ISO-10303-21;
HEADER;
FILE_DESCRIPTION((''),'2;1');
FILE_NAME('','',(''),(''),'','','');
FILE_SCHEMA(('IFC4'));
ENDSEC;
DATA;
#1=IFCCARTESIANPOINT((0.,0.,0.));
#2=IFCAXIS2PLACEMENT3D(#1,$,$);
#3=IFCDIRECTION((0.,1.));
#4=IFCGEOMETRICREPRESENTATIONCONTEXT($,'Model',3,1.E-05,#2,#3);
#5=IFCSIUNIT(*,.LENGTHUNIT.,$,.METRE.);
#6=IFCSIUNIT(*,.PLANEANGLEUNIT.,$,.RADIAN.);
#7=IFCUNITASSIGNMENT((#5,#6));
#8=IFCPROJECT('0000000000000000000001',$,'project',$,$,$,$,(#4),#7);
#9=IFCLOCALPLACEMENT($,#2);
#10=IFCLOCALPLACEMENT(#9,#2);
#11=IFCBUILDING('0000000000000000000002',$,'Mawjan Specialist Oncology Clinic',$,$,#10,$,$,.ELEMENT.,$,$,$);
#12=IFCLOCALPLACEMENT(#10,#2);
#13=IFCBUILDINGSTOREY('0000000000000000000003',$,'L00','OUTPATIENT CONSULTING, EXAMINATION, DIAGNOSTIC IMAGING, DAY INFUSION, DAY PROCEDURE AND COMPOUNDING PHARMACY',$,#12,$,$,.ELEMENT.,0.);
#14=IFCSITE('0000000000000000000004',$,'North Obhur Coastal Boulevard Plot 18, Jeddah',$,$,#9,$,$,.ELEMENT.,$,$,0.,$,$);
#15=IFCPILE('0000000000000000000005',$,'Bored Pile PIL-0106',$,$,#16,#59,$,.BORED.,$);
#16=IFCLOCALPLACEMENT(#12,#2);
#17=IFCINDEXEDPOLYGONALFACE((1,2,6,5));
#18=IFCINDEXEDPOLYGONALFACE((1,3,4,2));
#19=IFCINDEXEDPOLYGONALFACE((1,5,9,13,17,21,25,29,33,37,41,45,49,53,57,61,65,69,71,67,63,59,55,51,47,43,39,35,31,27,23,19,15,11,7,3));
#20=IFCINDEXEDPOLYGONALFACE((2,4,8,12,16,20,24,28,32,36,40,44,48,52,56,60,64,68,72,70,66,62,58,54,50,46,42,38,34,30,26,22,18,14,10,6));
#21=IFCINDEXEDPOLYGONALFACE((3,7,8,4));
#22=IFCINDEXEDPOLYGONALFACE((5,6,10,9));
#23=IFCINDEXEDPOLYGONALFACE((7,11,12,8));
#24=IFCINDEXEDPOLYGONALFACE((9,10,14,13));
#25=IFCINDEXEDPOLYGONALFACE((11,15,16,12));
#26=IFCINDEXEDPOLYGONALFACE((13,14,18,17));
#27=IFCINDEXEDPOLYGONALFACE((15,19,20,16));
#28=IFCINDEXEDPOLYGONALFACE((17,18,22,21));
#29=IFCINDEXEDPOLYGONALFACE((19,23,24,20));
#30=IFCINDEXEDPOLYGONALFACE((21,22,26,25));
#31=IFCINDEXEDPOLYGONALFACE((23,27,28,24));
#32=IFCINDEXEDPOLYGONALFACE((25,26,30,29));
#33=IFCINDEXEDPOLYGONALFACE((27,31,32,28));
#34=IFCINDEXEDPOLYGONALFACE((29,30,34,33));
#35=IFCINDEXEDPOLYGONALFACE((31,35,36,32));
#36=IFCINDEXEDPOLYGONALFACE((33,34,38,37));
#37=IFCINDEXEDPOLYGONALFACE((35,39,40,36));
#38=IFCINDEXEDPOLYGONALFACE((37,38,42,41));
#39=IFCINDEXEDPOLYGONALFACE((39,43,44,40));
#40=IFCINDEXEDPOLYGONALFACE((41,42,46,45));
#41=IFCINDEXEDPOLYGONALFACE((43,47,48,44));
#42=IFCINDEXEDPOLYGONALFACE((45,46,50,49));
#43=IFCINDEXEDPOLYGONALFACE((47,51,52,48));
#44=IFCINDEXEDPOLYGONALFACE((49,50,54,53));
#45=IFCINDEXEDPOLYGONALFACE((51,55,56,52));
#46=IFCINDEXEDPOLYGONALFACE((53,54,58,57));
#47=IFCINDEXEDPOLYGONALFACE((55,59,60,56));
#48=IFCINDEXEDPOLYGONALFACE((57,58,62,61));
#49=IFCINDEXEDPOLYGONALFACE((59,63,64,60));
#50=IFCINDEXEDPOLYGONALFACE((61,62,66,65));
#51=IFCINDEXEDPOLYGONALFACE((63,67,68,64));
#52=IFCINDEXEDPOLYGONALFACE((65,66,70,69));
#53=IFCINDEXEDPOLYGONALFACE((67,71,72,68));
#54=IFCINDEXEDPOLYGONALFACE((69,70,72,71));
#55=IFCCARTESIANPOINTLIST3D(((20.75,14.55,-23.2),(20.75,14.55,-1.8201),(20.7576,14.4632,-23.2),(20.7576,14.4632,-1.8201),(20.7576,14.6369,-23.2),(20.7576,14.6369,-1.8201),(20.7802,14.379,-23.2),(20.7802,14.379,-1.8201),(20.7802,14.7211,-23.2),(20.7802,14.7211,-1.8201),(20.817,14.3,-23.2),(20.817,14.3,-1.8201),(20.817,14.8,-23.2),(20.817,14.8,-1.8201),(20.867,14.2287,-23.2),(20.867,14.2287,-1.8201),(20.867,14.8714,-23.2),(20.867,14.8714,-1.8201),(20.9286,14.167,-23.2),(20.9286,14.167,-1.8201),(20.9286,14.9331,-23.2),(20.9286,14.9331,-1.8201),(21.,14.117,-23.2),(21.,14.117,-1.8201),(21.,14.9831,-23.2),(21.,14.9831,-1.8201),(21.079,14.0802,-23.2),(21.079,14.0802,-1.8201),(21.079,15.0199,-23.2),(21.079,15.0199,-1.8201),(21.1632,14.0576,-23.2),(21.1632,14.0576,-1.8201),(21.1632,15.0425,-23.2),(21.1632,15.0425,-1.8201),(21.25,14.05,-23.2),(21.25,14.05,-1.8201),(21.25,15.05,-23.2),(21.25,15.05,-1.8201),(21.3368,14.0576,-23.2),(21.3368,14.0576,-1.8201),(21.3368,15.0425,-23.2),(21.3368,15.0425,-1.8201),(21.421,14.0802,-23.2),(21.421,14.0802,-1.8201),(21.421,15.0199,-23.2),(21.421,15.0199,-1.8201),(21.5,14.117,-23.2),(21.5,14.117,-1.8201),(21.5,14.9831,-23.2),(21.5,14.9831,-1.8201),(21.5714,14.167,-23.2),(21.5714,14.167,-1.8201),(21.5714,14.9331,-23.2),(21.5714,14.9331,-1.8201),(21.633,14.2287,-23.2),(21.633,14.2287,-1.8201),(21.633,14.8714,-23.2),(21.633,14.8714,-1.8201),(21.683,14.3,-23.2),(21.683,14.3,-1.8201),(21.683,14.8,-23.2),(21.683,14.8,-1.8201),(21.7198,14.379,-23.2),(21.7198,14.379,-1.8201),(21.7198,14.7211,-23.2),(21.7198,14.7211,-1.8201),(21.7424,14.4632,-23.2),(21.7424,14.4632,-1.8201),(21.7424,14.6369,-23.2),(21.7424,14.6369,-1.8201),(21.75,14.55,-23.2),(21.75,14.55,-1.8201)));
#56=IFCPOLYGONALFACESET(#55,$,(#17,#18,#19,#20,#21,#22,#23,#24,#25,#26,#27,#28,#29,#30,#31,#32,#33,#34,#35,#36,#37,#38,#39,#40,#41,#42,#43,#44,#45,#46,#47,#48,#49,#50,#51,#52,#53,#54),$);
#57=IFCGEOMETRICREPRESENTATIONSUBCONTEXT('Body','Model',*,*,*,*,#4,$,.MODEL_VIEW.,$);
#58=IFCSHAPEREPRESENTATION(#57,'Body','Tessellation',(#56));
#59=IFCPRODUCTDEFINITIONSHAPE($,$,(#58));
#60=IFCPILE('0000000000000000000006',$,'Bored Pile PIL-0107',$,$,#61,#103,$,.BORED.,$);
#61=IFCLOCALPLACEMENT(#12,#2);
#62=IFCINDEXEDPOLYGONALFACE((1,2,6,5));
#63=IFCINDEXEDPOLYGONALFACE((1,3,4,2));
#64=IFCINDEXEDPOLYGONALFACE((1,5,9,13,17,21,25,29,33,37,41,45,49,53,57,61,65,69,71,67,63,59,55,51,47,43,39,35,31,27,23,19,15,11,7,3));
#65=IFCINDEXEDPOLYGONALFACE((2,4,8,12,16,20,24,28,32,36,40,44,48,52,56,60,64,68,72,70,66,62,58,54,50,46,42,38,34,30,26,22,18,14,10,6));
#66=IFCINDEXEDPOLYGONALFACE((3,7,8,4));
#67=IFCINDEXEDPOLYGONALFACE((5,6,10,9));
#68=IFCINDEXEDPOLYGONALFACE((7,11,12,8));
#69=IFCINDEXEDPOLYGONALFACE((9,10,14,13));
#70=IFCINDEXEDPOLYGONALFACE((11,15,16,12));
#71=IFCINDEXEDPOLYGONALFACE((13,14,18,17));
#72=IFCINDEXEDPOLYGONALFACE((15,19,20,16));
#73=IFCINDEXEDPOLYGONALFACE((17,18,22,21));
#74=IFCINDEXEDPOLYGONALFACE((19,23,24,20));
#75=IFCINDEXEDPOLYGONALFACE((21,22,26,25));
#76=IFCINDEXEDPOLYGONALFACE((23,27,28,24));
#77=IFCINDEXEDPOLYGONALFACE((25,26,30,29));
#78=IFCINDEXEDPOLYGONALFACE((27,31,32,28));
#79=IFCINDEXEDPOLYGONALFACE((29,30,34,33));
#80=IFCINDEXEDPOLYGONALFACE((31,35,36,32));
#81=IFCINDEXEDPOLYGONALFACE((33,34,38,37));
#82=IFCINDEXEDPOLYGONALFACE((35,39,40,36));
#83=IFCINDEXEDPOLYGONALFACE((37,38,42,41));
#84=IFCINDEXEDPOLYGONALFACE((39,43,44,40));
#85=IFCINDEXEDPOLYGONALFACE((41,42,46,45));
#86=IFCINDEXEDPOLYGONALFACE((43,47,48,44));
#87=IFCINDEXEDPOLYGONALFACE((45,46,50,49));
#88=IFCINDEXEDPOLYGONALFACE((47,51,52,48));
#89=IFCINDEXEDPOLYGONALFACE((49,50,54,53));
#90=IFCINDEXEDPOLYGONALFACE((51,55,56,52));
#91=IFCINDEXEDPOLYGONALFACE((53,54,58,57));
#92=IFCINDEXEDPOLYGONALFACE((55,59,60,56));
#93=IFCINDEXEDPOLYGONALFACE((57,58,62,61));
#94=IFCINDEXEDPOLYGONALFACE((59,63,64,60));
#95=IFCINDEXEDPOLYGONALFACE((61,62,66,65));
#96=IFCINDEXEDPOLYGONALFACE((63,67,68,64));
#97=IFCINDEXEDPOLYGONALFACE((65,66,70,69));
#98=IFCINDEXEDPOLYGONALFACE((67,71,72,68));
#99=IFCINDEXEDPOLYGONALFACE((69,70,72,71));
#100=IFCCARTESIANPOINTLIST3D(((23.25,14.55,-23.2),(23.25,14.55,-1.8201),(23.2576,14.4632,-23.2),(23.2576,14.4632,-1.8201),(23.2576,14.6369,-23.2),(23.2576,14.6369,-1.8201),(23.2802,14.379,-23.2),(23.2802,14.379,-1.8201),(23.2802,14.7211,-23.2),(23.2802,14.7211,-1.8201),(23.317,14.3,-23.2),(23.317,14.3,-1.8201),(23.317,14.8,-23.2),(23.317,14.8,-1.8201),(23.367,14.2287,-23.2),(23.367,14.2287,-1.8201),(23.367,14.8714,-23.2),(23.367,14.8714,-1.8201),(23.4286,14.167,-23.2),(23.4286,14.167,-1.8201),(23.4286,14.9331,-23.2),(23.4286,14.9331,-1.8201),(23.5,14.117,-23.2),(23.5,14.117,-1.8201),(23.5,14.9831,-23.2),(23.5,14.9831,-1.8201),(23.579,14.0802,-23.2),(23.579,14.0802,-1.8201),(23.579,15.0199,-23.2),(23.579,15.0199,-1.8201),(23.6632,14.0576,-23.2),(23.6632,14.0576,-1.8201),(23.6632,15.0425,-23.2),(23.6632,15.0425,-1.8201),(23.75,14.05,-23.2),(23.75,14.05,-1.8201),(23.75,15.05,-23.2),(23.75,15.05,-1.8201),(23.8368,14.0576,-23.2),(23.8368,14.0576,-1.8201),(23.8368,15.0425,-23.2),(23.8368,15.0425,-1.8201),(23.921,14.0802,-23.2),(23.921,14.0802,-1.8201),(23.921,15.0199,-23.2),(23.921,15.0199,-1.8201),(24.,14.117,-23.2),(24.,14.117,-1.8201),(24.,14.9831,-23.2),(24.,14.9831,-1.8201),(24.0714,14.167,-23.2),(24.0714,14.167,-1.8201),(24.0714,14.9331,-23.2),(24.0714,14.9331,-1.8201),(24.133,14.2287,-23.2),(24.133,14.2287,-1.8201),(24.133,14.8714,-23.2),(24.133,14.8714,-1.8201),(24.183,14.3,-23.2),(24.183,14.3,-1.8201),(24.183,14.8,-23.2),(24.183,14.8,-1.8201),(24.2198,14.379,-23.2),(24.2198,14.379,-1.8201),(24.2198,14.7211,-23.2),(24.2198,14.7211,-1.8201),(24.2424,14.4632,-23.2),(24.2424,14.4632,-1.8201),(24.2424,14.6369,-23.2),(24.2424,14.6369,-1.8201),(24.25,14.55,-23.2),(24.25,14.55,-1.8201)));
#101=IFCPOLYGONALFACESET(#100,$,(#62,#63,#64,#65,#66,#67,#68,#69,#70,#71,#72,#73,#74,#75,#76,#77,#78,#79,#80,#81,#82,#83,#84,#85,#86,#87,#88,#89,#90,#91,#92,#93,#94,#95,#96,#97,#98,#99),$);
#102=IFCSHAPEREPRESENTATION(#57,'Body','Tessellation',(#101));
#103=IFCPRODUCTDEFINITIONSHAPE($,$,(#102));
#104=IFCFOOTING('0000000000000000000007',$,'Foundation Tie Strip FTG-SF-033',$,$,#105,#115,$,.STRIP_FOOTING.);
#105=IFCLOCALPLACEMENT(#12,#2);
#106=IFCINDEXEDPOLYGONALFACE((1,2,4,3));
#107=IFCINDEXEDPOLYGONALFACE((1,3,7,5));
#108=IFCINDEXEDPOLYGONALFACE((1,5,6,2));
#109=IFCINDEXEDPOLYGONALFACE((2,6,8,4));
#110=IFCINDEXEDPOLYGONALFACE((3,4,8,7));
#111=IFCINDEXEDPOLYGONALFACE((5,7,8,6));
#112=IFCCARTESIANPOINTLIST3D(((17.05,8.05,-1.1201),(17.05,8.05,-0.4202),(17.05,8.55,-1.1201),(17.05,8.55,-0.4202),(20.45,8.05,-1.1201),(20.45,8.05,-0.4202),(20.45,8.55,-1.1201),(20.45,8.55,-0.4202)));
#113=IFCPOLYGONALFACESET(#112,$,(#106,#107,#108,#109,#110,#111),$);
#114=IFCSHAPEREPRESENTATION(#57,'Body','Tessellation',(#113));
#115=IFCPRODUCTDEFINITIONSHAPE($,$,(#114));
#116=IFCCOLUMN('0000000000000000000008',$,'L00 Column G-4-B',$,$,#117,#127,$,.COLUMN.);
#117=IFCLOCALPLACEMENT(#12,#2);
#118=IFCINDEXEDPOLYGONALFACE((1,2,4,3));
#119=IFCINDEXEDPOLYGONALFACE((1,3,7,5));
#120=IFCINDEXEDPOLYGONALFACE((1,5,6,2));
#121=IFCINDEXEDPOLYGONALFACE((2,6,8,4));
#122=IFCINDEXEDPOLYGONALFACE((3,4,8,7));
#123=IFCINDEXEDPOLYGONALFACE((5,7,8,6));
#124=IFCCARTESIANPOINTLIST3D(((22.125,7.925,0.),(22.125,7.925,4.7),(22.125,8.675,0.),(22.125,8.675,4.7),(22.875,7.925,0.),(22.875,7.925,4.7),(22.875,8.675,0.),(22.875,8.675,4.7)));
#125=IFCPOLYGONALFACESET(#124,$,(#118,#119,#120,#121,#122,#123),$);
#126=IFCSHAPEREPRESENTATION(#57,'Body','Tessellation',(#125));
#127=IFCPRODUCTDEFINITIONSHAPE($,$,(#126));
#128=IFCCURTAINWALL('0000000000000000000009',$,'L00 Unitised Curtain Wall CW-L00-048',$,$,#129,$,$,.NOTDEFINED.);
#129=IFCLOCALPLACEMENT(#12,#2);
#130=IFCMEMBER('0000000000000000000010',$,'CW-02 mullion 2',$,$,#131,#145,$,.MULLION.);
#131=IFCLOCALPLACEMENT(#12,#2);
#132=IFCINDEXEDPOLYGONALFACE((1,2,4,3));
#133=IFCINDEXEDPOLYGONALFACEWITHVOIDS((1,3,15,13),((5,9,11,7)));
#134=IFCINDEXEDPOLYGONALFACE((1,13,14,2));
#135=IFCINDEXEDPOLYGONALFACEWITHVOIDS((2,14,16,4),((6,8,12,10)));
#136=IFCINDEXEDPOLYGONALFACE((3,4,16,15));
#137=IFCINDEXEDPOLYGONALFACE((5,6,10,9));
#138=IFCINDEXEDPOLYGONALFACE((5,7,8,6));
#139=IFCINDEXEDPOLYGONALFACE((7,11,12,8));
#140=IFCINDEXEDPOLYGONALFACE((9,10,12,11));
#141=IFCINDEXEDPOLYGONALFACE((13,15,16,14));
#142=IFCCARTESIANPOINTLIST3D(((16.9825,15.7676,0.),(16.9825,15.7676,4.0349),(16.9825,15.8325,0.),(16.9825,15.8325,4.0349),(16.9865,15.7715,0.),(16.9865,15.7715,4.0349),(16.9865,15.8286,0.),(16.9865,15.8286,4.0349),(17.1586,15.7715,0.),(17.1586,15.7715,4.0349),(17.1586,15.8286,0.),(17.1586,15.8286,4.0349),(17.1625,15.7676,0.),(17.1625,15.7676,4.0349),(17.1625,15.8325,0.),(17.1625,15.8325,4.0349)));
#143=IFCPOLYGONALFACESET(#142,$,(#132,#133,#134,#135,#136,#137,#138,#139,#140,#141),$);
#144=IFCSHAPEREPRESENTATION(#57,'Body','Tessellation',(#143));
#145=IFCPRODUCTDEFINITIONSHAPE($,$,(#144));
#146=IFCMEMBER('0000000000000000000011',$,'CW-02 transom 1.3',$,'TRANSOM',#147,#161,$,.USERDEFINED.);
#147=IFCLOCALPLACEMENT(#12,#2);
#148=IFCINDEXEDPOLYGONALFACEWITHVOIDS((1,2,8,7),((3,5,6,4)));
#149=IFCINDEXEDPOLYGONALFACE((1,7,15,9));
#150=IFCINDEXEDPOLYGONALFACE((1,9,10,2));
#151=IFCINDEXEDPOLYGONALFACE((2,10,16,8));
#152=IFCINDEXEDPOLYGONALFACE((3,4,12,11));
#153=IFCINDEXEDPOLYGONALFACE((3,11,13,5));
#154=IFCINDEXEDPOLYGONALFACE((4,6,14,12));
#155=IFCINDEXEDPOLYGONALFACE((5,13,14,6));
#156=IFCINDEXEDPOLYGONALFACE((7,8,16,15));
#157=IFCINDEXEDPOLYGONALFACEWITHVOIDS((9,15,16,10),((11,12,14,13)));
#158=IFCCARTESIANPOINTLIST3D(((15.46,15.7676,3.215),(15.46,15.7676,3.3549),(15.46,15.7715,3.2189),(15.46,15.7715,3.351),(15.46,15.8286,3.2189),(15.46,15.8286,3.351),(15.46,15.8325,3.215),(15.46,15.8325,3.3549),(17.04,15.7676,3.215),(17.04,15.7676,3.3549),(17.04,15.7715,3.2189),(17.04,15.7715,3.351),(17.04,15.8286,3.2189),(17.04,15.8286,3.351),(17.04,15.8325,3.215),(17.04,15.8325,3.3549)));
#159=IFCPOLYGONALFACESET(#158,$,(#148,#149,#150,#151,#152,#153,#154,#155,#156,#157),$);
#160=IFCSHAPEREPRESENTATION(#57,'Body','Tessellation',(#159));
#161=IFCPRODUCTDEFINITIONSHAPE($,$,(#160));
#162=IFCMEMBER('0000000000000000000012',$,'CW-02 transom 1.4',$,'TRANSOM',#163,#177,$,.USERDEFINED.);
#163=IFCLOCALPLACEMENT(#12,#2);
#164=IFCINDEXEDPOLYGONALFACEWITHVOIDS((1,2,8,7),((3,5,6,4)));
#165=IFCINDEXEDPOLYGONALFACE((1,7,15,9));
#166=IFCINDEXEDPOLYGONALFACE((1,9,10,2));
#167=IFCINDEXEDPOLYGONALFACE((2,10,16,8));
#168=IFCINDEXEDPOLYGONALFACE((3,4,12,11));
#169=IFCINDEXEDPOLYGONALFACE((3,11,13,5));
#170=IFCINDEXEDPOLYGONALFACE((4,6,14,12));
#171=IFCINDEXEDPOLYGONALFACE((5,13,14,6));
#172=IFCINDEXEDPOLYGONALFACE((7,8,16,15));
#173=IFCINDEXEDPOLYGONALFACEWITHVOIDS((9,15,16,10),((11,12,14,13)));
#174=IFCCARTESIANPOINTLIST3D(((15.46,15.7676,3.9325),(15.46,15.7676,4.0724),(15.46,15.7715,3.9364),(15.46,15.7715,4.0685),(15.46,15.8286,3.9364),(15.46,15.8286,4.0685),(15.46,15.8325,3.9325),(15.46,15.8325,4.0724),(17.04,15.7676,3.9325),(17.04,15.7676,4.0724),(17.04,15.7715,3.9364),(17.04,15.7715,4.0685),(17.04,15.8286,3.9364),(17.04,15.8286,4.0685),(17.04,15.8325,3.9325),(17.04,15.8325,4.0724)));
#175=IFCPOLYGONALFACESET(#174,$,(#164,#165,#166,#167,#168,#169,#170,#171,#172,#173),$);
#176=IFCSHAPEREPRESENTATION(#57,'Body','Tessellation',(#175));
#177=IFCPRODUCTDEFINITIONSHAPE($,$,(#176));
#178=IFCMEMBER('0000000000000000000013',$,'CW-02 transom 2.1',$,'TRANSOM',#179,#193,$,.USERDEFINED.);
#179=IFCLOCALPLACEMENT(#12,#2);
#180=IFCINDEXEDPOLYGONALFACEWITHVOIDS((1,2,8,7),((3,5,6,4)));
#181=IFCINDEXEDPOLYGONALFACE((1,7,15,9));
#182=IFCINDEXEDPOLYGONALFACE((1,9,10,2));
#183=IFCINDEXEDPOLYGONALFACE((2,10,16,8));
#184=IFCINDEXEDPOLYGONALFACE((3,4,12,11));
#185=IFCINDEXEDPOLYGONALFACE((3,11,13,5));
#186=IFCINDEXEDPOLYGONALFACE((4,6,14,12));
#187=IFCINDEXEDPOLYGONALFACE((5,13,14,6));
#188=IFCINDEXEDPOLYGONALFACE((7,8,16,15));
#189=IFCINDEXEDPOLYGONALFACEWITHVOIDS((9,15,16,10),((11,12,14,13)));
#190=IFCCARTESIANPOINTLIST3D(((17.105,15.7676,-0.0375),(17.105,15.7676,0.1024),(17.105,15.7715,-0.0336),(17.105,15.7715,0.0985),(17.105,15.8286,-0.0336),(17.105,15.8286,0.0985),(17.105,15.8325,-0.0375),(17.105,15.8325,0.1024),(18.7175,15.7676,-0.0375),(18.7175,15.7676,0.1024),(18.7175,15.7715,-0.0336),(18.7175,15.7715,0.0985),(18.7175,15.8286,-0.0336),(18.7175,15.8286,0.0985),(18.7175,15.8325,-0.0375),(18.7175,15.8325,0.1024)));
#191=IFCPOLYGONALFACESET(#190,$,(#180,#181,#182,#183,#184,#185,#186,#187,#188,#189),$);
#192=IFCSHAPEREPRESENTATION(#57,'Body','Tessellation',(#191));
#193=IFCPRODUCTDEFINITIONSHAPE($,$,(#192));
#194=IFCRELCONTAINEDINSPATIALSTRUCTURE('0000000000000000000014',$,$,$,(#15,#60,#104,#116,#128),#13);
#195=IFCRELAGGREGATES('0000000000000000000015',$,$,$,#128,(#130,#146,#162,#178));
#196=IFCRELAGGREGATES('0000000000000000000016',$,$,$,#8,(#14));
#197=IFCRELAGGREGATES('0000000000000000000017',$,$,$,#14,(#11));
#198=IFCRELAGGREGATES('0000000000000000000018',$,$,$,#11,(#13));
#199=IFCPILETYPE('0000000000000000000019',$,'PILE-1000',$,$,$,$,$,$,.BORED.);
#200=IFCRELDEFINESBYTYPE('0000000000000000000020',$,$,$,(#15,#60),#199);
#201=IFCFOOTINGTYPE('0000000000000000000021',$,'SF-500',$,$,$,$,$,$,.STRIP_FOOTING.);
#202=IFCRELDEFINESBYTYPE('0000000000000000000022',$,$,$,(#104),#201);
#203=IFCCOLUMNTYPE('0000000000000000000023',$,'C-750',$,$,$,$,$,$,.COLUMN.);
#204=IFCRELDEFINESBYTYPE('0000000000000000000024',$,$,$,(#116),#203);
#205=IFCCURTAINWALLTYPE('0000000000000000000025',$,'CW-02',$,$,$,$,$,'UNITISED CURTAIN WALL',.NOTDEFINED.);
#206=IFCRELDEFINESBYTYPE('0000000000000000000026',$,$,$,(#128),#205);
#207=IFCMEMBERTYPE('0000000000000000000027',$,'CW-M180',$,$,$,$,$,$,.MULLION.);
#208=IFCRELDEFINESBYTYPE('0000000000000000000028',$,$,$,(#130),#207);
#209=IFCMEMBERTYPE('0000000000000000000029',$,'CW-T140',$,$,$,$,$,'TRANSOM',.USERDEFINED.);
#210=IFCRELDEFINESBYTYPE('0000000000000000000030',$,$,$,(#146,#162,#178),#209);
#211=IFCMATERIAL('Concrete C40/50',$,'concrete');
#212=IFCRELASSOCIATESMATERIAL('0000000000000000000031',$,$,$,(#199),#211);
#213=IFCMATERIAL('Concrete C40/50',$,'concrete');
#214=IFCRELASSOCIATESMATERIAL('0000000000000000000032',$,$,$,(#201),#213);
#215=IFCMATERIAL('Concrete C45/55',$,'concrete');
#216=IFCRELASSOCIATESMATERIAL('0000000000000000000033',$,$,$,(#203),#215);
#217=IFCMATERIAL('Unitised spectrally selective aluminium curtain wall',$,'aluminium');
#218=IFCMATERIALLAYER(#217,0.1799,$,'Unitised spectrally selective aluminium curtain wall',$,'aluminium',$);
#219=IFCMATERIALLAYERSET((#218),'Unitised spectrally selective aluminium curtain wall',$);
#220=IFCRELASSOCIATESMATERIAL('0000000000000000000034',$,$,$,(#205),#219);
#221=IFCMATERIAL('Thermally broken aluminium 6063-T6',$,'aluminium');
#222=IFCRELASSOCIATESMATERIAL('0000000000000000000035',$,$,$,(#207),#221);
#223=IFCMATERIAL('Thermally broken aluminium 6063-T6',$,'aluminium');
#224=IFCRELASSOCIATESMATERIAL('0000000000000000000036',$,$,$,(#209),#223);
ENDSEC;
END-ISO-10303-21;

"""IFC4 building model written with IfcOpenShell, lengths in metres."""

from ifc_helpers import new_model, si_unit, direction, frame, origin, origin_2d, place, context, subcontext, project, spatial, rectangle, hollow_rectangle, circle, extrude, material, layer, layer_set, material_profile, profile_set, type_object, element, aggregate, save


model = new_model("IFC4")

# Units and contexts
model_context = context("Model", 3, precision=1e-05, world=origin(), true_north=direction((0.0, 1.0)))
body_context = subcontext(model_context, "Body", "Model", "MODEL_VIEW")
ifc_project = project(units=[si_unit("LENGTHUNIT", "METRE"), si_unit("PLANEANGLEUNIT", "RADIAN")], contexts=[model_context])

# Site, building, storey
site_placement = place(None, origin())
site = spatial("IfcSite", under=ifc_project, at=site_placement, Name="North Obhur Coastal Boulevard Plot 18, Jeddah", CompositionType="ELEMENT", RefElevation=0.0)
building_placement = place(site_placement, origin())
building = spatial("IfcBuilding", under=site, at=building_placement, Name="Mawjan Specialist Oncology Clinic", CompositionType="ELEMENT")
storey_placement = place(building_placement, origin())
storey = spatial("IfcBuildingStorey", under=building, at=storey_placement, Name="L00", Description="OUTPATIENT CONSULTING, EXAMINATION, DIAGNOSTIC IMAGING, DAY INFUSION, DAY PROCEDURE AND COMPOUNDING PHARMACY", CompositionType="ELEMENT", Elevation=0.0)

# Piles
ifc_material_1 = material(Name="Concrete C40/50", Category="concrete")
ifc_material_profile_1 = material_profile(ifc_material_1, circle(Radius=0.5, at=origin_2d()), Name="BORED PILE D1000", Category="concrete")
ifc_profile_set_1 = profile_set([ifc_material_profile_1], Name="Concrete C40/50")
pile_type = type_object("IfcPileType", Name="PILE-1000", PredefinedType="BORED", material=ifc_profile_set_1)
for number, where, z_axis, x_axis, name in (
    (1, (21.25, 14.55, -1.8201), (0.0, 0.0, -1.0), (1.0, 0.0, 0.0), "Bored Pile PIL-0106"),
    (2, (23.75, 14.55, -1.8201), (0.0, 0.0, -1.0), (1.0, 0.0, 0.0), "Bored Pile PIL-0107"),
):
    element("IfcPile", number, at=place(storey_placement, frame(where, z_axis=z_axis, x_axis=x_axis)), inside=storey, type_object=pile_type, Name=name, PredefinedType="BORED", context=body_context, shape_type="SweptSolid", body=[
        extrude(circle(Radius=0.5, at=origin_2d()), origin(), (0.0, 0.0, 1.0), 21.3799),
    ])

# Footing
ifc_material_2 = material(Name="Concrete C40/50", Category="concrete")
footing_type_1 = type_object("IfcFootingType", Name="SF-500", PredefinedType="STRIP_FOOTING", material=ifc_material_2)
footing_1_placement = place(storey_placement, frame((18.75, 8.3, -1.1201), z_axis=(0.0, 0.0, 1.0), x_axis=(1.0, 0.0, 0.0)))
element("IfcFooting", 3, at=footing_1_placement, inside=storey, type_object=footing_type_1, Name="Foundation Tie Strip FTG-SF-033", PredefinedType="STRIP_FOOTING", context=body_context, shape_type="SweptSolid", body=[
    extrude(rectangle(XDim=3.3999, YDim=0.5, at=origin_2d()), origin(), (0.0, 0.0, 1.0), 0.7),
])

# Column
ifc_material_3 = material(Name="Concrete C45/55", Category="concrete")
ifc_material_profile_2 = material_profile(ifc_material_3, rectangle(XDim=0.75, YDim=0.75, at=origin_2d()), Name="RC COL 750x750", Category="concrete")
ifc_profile_set_2 = profile_set([ifc_material_profile_2], Name="Concrete C45/55")
column_type = type_object("IfcColumnType", Name="C-750", PredefinedType="COLUMN", material=ifc_profile_set_2)
column_placement = place(storey_placement, frame((22.5, 8.3, 0.0), z_axis=(0.0, 0.0, 1.0), x_axis=(1.0, 0.0, 0.0)))
element("IfcColumn", 4, at=column_placement, inside=storey, type_object=column_type, Name="L00 Column G-4-B", PredefinedType="COLUMN", context=body_context, shape_type="SweptSolid", body=[
    extrude(rectangle(XDim=0.75, YDim=0.75, at=origin_2d()), origin(), (0.0, 0.0, 1.0), 4.7),
])

# Curtain wall, members
ifc_material_4 = material(Name="Unitised spectrally selective aluminium curtain wall", Category="aluminium")
ifc_layer_1 = layer(ifc_material_4, 0.1799, Name="Unitised spectrally selective aluminium curtain wall", Category="aluminium")
ifc_layer_set_1 = layer_set([ifc_layer_1], Name="Unitised spectrally selective aluminium curtain wall")
curtain_wall_type = type_object("IfcCurtainWallType", Name="CW-02", ElementType="UNITISED CURTAIN WALL", PredefinedType="NOTDEFINED", material=ifc_layer_set_1)
curtain_wall_placement = place(storey_placement, origin())
curtain_wall = element("IfcCurtainWall", 5, at=curtain_wall_placement, inside=storey, type_object=curtain_wall_type, Name="L00 Unitised Curtain Wall CW-L00-048", PredefinedType="NOTDEFINED")
ifc_material_5 = material(Name="Thermally broken aluminium 6063-T6", Category="aluminium")
ifc_material_profile_3 = material_profile(ifc_material_5, hollow_rectangle(XDim=0.0649, YDim=0.1799, WallThickness=0.0039, at=origin_2d()), Name="ALU MULLION 180x65x4", Category="aluminium")
ifc_profile_set_3 = profile_set([ifc_material_profile_3], Name="Thermally broken aluminium 6063-T6")
member_type_1 = type_object("IfcMemberType", Name="CW-M180", PredefinedType="MULLION", material=ifc_profile_set_3)
member_1_placement = place(storey_placement, frame((17.0725, 15.8, 0.0), z_axis=(0.0, 0.0, 1.0), x_axis=(0.0, 1.0, 0.0)))
member_1 = element("IfcMember", 6, at=member_1_placement, type_object=member_type_1, Name="CW-02 mullion 2", PredefinedType="MULLION", context=body_context, shape_type="SweptSolid", body=[
    extrude(hollow_rectangle(XDim=0.0649, YDim=0.1799, WallThickness=0.0039, at=origin_2d()), origin(), (0.0, 0.0, 1.0), 4.0349),
])
ifc_material_6 = material(Name="Thermally broken aluminium 6063-T6", Category="aluminium")
ifc_material_profile_4 = material_profile(ifc_material_6, hollow_rectangle(XDim=0.0649, YDim=0.1399, WallThickness=0.0039, at=origin_2d()), Name="ALU TRANSOM 140x65x4", Category="aluminium")
ifc_profile_set_4 = profile_set([ifc_material_profile_4], Name="Thermally broken aluminium 6063-T6")
member_type_2 = type_object("IfcMemberType", Name="CW-T140", ElementType="TRANSOM", PredefinedType="USERDEFINED", material=ifc_profile_set_4)
member_2_placement = place(storey_placement, frame((15.46, 15.8, 3.2849), z_axis=(1.0, 0.0, 0.0), x_axis=(0.0, 1.0, 0.0)))
member_2 = element("IfcMember", 7, at=member_2_placement, type_object=member_type_2, Name="CW-02 transom 1.3", ObjectType="TRANSOM", PredefinedType="USERDEFINED", context=body_context, shape_type="SweptSolid", body=[
    extrude(hollow_rectangle(XDim=0.0649, YDim=0.1399, WallThickness=0.0039, at=origin_2d()), origin(), (0.0, 0.0, 1.0), 1.5801),
])
member_3_placement = place(storey_placement, frame((15.46, 15.8, 4.0024), z_axis=(1.0, 0.0, 0.0), x_axis=(0.0, 1.0, 0.0)))
member_3 = element("IfcMember", 8, at=member_3_placement, type_object=member_type_2, Name="CW-02 transom 1.4", ObjectType="TRANSOM", PredefinedType="USERDEFINED", context=body_context, shape_type="SweptSolid", body=[
    extrude(hollow_rectangle(XDim=0.0649, YDim=0.1399, WallThickness=0.0039, at=origin_2d()), origin(), (0.0, 0.0, 1.0), 1.5801),
])
member_4_placement = place(storey_placement, frame((17.105, 15.8, 0.0325), z_axis=(1.0, 0.0, 0.0), x_axis=(0.0, 1.0, 0.0)))
member_4 = element("IfcMember", 9, at=member_4_placement, type_object=member_type_2, Name="CW-02 transom 2.1", ObjectType="TRANSOM", PredefinedType="USERDEFINED", context=body_context, shape_type="SweptSolid", body=[
    extrude(hollow_rectangle(XDim=0.0649, YDim=0.1399, WallThickness=0.0039, at=origin_2d()), origin(), (0.0, 0.0, 1.0), 1.6125),
])
aggregate(curtain_wall, [member_1, member_2, member_3, member_4])

save(model, "model.ifc")
